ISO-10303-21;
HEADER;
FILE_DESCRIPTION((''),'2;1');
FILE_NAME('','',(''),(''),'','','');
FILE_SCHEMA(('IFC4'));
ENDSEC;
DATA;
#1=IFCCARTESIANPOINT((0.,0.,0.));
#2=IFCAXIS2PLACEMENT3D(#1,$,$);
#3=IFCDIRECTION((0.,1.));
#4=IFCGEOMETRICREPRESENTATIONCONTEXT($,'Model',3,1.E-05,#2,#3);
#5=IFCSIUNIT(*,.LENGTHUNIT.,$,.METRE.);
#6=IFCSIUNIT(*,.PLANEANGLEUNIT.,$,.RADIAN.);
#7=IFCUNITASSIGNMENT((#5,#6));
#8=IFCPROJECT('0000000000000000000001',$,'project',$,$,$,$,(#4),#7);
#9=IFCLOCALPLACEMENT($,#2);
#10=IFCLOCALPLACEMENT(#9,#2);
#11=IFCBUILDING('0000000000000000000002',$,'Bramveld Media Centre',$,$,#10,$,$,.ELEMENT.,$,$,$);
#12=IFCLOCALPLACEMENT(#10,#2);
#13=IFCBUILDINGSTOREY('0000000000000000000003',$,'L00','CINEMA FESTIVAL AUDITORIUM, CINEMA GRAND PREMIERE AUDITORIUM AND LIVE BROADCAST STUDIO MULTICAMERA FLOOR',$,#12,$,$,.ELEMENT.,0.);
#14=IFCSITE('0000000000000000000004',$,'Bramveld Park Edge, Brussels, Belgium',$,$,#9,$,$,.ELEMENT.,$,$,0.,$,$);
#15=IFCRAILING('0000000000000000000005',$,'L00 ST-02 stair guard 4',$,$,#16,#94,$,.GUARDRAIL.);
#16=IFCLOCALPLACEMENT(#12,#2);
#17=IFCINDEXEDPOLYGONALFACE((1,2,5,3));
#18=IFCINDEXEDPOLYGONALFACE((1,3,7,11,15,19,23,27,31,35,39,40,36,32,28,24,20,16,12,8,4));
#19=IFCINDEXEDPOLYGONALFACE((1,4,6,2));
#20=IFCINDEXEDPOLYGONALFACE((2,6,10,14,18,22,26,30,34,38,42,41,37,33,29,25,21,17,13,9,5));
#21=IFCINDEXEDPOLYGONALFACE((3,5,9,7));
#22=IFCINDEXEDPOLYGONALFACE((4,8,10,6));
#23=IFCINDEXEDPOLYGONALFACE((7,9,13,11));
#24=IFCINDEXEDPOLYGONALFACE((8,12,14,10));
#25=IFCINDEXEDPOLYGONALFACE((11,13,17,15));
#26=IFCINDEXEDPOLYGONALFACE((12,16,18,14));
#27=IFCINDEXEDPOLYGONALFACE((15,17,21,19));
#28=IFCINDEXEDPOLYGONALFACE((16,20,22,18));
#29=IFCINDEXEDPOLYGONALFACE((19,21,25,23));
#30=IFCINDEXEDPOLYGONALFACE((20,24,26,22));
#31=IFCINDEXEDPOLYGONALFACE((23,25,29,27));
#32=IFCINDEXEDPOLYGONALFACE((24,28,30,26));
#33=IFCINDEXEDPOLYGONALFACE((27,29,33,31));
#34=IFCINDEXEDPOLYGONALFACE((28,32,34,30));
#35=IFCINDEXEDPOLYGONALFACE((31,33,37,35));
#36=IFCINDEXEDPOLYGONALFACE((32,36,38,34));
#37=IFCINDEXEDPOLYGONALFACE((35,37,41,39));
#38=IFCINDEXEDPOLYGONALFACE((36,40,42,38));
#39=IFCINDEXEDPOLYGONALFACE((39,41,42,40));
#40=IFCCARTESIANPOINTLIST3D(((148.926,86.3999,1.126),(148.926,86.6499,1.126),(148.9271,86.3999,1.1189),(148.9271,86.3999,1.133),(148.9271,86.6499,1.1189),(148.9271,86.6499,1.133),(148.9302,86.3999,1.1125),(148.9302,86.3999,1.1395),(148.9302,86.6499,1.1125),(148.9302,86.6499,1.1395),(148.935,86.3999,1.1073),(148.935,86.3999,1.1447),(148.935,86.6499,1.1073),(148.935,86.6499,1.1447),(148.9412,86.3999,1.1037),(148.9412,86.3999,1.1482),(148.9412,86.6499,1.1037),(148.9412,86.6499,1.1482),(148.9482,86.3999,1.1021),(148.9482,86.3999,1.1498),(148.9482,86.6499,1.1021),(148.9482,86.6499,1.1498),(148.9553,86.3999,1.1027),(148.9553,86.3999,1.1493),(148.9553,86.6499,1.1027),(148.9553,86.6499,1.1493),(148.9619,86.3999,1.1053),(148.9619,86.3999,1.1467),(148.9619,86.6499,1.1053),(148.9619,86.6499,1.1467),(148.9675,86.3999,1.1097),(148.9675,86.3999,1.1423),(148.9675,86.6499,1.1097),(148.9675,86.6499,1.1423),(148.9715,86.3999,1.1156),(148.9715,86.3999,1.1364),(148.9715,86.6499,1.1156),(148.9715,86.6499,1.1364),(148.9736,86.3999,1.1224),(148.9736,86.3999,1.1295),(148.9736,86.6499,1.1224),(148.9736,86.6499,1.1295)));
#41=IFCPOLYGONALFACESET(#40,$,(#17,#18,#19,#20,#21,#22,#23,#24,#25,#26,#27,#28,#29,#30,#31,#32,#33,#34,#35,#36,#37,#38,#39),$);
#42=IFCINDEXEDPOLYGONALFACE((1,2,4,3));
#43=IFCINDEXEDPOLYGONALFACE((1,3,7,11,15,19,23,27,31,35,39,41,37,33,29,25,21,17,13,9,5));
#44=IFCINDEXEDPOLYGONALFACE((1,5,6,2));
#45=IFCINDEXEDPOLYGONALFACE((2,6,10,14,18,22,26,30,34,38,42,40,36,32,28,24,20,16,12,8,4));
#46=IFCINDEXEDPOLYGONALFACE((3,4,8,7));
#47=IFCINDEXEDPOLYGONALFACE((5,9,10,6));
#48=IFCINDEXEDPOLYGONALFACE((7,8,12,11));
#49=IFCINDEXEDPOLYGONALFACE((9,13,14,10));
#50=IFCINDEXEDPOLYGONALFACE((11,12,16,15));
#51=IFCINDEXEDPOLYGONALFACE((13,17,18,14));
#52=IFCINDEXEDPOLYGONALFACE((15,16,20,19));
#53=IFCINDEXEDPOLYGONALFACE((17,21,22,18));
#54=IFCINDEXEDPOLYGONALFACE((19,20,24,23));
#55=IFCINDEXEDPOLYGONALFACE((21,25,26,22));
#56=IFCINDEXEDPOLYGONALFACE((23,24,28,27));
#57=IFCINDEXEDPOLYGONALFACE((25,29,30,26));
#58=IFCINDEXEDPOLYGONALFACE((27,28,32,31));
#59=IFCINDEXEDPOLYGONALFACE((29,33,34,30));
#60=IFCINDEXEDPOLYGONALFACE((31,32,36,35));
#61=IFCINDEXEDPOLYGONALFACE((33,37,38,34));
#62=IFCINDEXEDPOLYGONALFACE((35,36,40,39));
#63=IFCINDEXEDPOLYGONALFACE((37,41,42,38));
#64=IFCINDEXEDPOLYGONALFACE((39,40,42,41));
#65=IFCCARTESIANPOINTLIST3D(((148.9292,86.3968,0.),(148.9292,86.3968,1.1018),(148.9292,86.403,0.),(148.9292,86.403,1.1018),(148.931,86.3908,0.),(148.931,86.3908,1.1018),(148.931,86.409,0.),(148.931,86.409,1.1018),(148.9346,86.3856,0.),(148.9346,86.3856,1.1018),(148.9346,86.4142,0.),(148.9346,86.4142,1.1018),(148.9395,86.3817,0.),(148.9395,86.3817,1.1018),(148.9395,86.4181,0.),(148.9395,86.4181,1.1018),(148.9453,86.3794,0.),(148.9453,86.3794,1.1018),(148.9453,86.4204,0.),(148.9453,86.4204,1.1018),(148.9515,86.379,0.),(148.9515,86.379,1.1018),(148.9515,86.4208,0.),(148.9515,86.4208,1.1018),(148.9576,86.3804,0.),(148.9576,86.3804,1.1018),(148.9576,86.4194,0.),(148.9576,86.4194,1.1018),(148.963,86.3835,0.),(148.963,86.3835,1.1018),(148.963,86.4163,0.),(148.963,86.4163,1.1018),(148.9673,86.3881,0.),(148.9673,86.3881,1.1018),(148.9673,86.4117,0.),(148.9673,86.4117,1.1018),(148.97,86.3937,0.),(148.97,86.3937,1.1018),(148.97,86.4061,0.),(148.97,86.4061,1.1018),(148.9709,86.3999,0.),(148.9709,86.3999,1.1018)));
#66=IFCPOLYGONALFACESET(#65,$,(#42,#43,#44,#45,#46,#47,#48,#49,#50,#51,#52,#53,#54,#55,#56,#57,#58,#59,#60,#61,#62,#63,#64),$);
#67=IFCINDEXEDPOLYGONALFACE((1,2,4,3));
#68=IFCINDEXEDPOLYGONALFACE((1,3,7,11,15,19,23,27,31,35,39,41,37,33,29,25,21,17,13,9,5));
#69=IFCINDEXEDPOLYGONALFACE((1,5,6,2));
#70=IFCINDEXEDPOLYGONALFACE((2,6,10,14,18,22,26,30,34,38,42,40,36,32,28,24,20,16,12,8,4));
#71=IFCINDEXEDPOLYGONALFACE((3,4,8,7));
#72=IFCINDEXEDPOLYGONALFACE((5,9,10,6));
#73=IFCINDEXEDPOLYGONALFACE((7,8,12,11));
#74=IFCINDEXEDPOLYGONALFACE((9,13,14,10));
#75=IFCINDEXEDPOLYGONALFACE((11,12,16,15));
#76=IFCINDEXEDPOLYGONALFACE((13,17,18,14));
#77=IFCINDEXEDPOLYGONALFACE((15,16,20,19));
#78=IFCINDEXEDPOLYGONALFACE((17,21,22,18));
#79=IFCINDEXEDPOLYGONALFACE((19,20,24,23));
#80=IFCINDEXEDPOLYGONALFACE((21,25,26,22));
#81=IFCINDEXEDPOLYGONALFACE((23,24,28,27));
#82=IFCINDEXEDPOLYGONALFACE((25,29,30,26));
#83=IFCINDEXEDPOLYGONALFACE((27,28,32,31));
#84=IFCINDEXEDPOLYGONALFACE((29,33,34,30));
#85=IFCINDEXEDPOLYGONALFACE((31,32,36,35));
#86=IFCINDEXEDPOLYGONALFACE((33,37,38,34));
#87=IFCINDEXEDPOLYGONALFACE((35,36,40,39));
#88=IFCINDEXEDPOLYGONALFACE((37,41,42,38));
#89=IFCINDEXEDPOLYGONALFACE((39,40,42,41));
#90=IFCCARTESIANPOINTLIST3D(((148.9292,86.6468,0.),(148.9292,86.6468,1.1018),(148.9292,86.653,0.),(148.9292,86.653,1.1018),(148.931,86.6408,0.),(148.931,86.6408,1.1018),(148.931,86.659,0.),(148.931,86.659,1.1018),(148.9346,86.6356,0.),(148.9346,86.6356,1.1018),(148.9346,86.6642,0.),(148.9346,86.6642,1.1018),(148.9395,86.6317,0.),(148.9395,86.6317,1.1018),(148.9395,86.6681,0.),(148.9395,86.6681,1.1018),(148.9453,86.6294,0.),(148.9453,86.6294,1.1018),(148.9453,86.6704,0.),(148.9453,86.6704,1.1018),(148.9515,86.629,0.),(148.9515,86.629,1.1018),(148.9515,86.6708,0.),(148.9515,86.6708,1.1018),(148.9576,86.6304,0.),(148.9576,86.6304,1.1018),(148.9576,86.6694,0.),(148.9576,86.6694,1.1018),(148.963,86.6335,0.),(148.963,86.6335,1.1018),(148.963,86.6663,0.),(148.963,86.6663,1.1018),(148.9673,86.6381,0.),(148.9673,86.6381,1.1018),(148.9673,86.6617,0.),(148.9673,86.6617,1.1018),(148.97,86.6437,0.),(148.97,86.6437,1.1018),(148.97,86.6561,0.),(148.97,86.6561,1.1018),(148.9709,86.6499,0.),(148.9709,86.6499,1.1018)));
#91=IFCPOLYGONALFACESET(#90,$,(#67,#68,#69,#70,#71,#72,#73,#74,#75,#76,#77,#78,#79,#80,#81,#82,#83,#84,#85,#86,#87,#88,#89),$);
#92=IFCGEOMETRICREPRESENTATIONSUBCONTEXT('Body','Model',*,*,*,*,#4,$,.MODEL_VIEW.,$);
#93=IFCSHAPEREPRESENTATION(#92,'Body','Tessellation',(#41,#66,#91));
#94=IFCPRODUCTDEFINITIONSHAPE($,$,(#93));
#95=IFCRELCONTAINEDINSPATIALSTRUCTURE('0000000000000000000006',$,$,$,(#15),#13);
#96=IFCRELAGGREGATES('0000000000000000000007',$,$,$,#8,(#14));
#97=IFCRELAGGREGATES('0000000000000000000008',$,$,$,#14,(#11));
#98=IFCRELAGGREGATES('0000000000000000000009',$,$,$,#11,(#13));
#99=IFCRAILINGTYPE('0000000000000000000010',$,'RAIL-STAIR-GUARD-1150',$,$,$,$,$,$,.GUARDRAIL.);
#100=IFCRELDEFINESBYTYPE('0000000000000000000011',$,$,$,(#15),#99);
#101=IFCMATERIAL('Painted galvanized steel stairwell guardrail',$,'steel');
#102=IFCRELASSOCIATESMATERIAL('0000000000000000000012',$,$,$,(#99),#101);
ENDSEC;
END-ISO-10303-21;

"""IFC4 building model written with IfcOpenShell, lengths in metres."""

from ifc_helpers import new_model, si_unit, direction, frame, origin, origin_2d, place, context, subcontext, project, spatial, circle, extrude, material, type_object, element, save


model = new_model("IFC4")

# Units and contexts
model_context = context("Model", 3, precision=1e-05, world=origin(), true_north=direction((0.0, 1.0)))
body_context = subcontext(model_context, "Body", "Model", "MODEL_VIEW")
ifc_project = project(units=[si_unit("LENGTHUNIT", "METRE"), si_unit("PLANEANGLEUNIT", "RADIAN")], contexts=[model_context])

# Site, building, storey
site_placement = place(None, origin())
site = spatial("IfcSite", under=ifc_project, at=site_placement, Name="Bramveld Park Edge, Brussels, Belgium", CompositionType="ELEMENT", RefElevation=0.0)
building_placement = place(site_placement, origin())
building = spatial("IfcBuilding", under=site, at=building_placement, Name="Bramveld Media Centre", CompositionType="ELEMENT")
storey_placement = place(building_placement, origin())
storey = spatial("IfcBuildingStorey", under=building, at=storey_placement, Name="L00", Description="CINEMA FESTIVAL AUDITORIUM, CINEMA GRAND PREMIERE AUDITORIUM AND LIVE BROADCAST STUDIO MULTICAMERA FLOOR", CompositionType="ELEMENT", Elevation=0.0)

# Railing
ifc_material_1 = material(Name="Painted galvanized steel stairwell guardrail", Category="steel")
railing_type_1 = type_object("IfcRailingType", Name="RAIL-STAIR-GUARD-1150", PredefinedType="GUARDRAIL", material=ifc_material_1)
railing_1_placement = place(storey_placement, frame((148.95, 86.3999, 0.0)))
element("IfcRailing", 1, at=railing_1_placement, inside=storey, type_object=railing_type_1, Name="L00 ST-02 stair guard 4", PredefinedType="GUARDRAIL", context=body_context, shape_type="SweptSolid", body=[
    extrude(circle(Radius=0.0239, at=origin_2d()), frame((0.0, 0.0, 1.126), z_axis=(0.0, 1.0, 0.0), x_axis=(-1.0, 0.0, 0.0)), (0.0, 0.0, 1.0), 0.25),
    extrude(circle(Radius=0.021, at=origin_2d()), origin(), (0.0, 0.0, 1.0), 1.1018),
    extrude(circle(Radius=0.021, at=origin_2d()), frame((0.0, 0.25, 0.0)), (0.0, 0.0, 1.0), 1.1018),
])

save(model, "model.ifc")
